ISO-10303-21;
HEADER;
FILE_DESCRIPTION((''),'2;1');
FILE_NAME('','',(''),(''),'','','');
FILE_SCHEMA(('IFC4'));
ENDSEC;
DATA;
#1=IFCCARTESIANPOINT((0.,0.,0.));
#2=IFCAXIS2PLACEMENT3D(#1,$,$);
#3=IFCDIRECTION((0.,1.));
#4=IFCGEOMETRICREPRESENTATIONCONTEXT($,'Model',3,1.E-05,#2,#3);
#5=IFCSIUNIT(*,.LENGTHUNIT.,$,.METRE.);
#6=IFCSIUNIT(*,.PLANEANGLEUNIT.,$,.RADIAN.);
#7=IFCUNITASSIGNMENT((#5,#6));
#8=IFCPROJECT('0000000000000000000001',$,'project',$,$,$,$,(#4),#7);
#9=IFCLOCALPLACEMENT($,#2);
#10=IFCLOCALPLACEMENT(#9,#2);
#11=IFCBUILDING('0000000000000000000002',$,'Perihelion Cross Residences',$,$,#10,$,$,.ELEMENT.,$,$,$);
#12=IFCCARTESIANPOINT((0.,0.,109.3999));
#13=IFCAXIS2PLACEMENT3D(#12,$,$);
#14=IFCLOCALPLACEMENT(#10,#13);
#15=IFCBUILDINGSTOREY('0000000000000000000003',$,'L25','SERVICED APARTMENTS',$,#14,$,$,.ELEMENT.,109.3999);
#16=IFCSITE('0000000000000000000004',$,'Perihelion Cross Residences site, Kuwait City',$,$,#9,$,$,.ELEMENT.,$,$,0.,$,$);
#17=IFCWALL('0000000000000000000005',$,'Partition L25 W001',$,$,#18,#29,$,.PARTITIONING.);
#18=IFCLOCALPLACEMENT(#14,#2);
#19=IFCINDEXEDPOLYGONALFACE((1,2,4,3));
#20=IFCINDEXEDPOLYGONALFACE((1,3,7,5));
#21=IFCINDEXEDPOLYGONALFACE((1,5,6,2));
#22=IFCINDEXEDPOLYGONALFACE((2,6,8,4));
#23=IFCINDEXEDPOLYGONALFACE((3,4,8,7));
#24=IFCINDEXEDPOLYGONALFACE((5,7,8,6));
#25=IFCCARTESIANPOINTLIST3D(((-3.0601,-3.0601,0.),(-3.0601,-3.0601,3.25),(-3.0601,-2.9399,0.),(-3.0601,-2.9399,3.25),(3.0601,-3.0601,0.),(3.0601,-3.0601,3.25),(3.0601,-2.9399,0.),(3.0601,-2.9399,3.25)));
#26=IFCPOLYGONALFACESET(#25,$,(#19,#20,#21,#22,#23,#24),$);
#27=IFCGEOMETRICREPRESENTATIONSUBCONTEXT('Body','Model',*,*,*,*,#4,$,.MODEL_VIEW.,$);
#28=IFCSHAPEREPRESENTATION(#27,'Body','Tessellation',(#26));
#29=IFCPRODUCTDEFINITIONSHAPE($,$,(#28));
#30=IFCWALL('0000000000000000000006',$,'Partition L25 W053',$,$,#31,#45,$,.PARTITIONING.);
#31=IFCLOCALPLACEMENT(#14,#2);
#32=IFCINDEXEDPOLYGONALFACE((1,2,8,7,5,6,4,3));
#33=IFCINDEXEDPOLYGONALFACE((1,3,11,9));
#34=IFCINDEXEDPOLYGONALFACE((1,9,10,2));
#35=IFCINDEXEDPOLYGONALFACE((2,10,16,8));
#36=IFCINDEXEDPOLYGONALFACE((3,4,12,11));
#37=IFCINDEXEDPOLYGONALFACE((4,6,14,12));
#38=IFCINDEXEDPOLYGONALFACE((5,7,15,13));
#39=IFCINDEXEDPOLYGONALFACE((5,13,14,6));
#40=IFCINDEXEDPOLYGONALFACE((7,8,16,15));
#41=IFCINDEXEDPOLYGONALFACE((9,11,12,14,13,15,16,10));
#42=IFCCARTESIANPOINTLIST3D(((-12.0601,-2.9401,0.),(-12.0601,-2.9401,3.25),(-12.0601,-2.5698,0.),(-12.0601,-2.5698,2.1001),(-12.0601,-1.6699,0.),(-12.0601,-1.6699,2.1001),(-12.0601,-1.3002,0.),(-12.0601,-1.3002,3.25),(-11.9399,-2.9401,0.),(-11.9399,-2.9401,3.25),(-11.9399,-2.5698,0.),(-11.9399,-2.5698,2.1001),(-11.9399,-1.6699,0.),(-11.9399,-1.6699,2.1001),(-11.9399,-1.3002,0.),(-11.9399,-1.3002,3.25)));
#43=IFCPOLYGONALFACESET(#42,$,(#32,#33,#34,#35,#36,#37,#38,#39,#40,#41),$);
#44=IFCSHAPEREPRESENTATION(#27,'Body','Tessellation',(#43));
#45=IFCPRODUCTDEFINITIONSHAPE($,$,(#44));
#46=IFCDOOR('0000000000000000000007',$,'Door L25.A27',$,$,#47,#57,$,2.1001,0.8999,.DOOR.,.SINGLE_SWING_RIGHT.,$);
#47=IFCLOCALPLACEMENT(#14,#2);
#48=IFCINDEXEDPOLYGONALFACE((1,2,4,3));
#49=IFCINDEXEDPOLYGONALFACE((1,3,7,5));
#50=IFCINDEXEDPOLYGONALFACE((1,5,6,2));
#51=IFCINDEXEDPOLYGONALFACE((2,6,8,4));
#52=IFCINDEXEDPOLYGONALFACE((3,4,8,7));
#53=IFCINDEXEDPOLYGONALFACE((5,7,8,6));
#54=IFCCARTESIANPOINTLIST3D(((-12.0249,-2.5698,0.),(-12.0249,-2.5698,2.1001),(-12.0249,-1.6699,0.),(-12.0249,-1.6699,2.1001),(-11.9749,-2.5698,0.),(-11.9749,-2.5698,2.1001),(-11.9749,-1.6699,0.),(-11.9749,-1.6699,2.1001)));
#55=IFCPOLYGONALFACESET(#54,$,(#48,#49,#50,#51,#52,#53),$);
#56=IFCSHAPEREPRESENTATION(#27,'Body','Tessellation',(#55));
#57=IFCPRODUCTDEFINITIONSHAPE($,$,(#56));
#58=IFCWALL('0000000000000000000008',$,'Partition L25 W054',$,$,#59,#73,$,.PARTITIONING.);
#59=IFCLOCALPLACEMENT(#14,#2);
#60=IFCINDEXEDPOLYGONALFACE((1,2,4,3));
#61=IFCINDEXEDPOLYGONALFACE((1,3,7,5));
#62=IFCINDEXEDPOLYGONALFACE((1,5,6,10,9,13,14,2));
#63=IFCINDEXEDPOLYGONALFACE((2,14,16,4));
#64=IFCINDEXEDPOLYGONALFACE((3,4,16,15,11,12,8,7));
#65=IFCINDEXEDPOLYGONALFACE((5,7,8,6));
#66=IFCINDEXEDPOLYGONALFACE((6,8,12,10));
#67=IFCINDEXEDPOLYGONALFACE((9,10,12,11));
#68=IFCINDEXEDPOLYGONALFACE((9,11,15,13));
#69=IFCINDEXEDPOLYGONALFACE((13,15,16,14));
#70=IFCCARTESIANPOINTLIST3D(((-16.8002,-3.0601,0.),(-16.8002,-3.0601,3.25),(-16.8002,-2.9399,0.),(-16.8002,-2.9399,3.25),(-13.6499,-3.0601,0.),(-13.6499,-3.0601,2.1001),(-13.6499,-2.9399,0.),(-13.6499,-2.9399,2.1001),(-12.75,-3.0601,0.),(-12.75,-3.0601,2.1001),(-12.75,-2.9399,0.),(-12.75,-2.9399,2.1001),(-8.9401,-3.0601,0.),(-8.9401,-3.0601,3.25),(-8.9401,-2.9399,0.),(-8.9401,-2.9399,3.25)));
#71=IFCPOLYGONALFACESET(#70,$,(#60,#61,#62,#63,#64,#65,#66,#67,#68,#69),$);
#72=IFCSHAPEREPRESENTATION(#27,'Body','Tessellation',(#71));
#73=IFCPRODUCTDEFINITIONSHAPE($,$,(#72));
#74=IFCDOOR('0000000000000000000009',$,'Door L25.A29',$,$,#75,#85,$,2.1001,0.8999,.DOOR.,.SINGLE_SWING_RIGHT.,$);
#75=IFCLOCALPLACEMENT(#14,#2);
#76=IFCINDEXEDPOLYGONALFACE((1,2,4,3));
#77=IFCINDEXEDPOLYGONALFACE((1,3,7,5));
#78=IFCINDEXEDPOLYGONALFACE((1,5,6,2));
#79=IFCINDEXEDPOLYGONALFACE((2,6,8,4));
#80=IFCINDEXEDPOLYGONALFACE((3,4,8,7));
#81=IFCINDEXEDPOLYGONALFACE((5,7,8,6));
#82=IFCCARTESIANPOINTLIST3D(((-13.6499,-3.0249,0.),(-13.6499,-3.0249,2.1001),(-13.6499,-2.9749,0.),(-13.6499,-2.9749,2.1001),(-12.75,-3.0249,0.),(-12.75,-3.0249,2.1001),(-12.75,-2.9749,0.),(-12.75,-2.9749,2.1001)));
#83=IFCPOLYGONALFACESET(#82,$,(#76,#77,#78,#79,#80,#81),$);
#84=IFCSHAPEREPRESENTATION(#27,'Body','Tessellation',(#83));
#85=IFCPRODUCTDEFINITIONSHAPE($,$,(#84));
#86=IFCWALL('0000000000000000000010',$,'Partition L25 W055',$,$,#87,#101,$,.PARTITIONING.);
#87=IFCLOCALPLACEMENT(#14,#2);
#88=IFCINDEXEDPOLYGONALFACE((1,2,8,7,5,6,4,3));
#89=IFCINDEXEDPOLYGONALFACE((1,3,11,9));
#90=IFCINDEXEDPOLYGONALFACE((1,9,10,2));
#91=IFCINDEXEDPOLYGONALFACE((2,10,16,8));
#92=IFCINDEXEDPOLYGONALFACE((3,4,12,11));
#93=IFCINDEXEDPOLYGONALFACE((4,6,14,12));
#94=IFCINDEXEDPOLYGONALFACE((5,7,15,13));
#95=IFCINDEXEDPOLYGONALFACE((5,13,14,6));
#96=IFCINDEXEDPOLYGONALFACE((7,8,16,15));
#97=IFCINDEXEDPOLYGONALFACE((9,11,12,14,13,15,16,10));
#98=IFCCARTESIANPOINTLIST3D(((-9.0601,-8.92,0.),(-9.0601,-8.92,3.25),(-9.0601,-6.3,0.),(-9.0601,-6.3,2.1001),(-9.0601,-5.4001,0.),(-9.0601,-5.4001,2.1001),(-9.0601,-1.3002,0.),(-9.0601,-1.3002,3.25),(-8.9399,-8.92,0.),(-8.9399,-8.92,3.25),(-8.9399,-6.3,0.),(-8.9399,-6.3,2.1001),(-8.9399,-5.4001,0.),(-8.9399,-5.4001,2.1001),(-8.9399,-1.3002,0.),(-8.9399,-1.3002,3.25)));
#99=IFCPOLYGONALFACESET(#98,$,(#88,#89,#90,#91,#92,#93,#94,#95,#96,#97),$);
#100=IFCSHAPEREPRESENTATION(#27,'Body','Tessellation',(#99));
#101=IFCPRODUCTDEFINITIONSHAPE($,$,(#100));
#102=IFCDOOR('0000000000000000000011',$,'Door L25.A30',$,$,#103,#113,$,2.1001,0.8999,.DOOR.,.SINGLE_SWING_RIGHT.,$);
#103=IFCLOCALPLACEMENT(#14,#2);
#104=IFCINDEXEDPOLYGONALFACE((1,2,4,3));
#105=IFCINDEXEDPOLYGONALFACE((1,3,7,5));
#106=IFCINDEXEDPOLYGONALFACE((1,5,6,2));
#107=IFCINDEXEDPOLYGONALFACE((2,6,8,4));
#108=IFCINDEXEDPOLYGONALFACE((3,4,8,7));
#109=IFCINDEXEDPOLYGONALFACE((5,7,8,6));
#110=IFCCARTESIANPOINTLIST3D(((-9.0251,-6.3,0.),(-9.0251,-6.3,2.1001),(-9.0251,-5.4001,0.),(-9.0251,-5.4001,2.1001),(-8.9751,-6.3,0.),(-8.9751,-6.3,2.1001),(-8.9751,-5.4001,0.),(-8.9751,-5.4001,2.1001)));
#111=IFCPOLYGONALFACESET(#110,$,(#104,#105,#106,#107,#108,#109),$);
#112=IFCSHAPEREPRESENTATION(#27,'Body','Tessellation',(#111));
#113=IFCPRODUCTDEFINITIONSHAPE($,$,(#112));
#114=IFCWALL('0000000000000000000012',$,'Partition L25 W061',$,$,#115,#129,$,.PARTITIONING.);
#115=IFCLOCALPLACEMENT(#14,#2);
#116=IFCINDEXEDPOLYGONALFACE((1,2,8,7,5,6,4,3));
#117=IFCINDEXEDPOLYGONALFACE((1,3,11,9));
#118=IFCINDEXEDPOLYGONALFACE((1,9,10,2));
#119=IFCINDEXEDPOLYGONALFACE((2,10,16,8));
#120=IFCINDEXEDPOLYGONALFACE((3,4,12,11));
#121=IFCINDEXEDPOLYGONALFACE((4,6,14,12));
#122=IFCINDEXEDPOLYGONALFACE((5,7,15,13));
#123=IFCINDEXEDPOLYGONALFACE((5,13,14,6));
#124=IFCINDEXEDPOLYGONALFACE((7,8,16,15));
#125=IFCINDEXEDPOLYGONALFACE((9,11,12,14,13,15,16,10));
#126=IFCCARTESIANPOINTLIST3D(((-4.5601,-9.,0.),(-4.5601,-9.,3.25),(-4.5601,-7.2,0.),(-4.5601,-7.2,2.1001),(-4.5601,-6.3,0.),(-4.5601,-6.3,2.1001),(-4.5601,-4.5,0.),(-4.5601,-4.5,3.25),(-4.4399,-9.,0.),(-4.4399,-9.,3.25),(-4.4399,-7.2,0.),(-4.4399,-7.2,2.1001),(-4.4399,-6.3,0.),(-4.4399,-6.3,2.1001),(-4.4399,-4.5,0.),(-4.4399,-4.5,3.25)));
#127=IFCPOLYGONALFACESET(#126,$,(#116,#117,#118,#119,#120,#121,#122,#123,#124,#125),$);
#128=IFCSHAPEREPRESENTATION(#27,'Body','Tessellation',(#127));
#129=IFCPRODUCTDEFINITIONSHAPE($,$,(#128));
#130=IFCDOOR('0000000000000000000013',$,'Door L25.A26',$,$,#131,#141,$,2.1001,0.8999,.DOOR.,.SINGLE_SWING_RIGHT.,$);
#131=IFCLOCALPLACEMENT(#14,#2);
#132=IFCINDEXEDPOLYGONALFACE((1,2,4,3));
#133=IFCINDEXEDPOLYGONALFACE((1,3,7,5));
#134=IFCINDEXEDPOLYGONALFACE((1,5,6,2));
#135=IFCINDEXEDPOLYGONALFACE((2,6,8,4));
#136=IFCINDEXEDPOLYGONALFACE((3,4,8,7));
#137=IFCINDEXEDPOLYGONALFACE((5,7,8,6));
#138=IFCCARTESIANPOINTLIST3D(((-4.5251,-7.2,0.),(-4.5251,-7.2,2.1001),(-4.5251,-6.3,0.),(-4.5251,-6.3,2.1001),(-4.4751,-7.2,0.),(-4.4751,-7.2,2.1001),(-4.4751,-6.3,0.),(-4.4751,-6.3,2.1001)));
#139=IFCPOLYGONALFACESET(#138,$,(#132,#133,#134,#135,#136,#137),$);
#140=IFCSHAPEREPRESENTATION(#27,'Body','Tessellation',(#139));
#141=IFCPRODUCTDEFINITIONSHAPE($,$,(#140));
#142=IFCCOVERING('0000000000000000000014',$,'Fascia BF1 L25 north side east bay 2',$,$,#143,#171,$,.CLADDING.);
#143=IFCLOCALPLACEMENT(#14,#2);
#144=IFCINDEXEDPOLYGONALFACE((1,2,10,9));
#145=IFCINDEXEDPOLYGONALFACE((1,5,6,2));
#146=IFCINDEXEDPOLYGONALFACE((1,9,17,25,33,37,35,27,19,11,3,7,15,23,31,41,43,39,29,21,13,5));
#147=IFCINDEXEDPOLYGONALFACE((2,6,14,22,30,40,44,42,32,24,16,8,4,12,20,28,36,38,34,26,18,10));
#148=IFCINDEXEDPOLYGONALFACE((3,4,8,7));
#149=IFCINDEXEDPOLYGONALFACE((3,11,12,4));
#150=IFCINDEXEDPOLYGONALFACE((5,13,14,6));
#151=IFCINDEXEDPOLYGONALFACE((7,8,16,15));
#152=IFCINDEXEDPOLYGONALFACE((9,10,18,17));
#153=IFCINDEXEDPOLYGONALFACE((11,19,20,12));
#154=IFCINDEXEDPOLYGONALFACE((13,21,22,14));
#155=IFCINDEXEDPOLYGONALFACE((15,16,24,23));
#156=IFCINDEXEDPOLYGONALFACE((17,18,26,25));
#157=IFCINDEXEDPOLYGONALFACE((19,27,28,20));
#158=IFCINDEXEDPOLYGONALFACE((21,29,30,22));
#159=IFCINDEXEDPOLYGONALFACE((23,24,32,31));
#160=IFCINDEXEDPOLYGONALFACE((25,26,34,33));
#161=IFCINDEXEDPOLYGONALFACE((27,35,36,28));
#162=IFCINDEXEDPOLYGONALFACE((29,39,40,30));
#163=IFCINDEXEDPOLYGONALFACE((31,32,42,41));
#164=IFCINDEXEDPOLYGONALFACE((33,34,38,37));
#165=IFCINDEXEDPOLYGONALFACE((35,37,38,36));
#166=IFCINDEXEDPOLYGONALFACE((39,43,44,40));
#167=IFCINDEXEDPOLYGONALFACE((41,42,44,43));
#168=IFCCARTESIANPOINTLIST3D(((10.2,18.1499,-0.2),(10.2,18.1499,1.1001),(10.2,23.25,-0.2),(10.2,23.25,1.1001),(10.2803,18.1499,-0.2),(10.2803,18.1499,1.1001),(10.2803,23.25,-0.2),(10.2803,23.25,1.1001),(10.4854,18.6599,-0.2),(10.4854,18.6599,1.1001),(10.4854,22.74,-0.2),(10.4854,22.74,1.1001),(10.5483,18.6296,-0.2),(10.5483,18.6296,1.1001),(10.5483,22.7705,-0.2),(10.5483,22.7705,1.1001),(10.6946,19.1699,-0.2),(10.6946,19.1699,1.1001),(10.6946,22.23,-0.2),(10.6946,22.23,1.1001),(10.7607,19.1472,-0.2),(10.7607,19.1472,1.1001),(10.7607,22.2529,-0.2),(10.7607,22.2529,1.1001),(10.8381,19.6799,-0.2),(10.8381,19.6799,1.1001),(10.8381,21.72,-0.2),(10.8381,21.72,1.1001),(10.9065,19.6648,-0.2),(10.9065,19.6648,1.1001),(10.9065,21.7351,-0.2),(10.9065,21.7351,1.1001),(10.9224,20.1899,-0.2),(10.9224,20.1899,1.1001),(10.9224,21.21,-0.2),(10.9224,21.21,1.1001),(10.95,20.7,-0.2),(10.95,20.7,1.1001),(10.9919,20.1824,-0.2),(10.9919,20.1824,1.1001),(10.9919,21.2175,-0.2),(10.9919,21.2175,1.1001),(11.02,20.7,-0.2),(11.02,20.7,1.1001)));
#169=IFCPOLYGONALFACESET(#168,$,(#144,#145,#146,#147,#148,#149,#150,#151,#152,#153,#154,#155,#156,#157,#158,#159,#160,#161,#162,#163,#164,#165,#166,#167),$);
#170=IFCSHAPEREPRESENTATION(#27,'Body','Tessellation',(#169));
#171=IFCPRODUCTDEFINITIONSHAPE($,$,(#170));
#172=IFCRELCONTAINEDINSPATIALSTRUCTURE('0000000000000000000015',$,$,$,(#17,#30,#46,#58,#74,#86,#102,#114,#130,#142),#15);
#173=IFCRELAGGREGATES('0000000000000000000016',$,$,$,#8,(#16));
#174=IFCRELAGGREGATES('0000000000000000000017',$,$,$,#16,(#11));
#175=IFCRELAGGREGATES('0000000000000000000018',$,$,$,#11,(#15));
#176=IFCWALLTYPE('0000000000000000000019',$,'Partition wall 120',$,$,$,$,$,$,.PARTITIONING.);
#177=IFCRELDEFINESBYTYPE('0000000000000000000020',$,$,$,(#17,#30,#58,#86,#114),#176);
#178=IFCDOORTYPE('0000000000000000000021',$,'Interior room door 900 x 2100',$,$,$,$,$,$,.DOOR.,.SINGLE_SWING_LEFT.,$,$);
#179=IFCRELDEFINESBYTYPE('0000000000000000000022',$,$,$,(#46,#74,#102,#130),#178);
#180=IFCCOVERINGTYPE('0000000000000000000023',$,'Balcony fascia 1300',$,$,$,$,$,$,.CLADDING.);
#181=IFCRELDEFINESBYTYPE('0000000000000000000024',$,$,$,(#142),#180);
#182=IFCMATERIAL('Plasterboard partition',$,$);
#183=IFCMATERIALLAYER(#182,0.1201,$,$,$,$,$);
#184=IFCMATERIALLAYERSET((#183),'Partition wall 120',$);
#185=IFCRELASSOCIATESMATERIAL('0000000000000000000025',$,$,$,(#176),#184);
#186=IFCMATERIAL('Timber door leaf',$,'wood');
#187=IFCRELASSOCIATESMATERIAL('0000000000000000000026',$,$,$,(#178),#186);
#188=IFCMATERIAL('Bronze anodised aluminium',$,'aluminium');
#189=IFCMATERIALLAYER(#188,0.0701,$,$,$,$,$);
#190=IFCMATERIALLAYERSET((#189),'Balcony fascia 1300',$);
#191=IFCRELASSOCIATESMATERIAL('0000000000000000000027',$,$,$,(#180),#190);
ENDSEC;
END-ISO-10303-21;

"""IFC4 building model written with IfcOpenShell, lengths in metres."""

from ifc_helpers import new_model, si_unit, direction, frame, frame_2d, origin, place, context, subcontext, project, spatial, polyline, rectangle, outline, extrude, material, layer, layer_set, type_object, element, fill, save


model = new_model("IFC4")

# Units and contexts
model_context = context("Model", 3, precision=1e-05, world=origin(), true_north=direction((0.0, 1.0)))
body_context = subcontext(model_context, "Body", "Model", "MODEL_VIEW")
ifc_project = project(units=[si_unit("LENGTHUNIT", "METRE"), si_unit("PLANEANGLEUNIT", "RADIAN")], contexts=[model_context])

# Site, building, storey
site_placement = place(None, origin())
site = spatial("IfcSite", under=ifc_project, at=site_placement, Name="Perihelion Cross Residences site, Kuwait City", CompositionType="ELEMENT", RefElevation=0.0)
building_placement = place(site_placement, origin())
building = spatial("IfcBuilding", under=site, at=building_placement, Name="Perihelion Cross Residences", CompositionType="ELEMENT")
storey_placement = place(building_placement, frame((0.0, 0.0, 109.3999)))
storey = spatial("IfcBuildingStorey", under=building, at=storey_placement, Name="L25", Description="SERVICED APARTMENTS", CompositionType="ELEMENT", Elevation=109.3999)

# Wall
ifc_material_1 = material(Name="Plasterboard partition")
ifc_layer_1 = layer(ifc_material_1, 0.1201)
ifc_layer_set_1 = layer_set([ifc_layer_1], Name="Partition wall 120")
wall_type_1 = type_object("IfcWallType", Name="Partition wall 120", PredefinedType="PARTITIONING", material=ifc_layer_set_1)
wall_1_placement = place(storey_placement, frame((-3.0601, -3.0, 0.0), z_axis=(0.0, 0.0, 1.0), x_axis=(1.0, 0.0, 0.0)))
element("IfcWall", 1, at=wall_1_placement, inside=storey, type_object=wall_type_1, Name="Partition L25 W001", PredefinedType="PARTITIONING", context=body_context, shape_type="SweptSolid", body=[
    extrude(rectangle(XDim=6.1201, YDim=0.1201, at=frame_2d((3.0601, 0.0))), origin(), (0.0, 0.0, 1.0), 3.25),
])

# Walls, openings, doors
wall_2_placement = place(storey_placement, frame((-12.0, -2.9399, 0.0), z_axis=(0.0, 0.0, 1.0), x_axis=(0.0, 1.0, 0.0)))
wall_2 = element("IfcWall", 2, at=wall_2_placement, inside=storey, type_object=wall_type_1, Name="Partition L25 W053", PredefinedType="PARTITIONING", context=body_context, shape_type="SweptSolid", body=[
    extrude(rectangle(XDim=1.6399, YDim=0.1201, at=frame_2d((0.8198, 0.0))), origin(), (0.0, 0.0, 1.0), 3.25),
])
opening_1_placement = place(wall_2_placement, frame((0.3701, 0.0, 0.0)))
opening_1 = element("IfcOpeningElement", 3, at=opening_1_placement, cuts=wall_2, PredefinedType="OPENING", context=body_context, shape_type="SweptSolid", body=[
    extrude(rectangle(XDim=0.8999, YDim=2.1001, at=frame_2d((0.45, 1.05))), frame((0.0, 0.0701, 0.0), z_axis=(0.0, -1.0, 0.0), x_axis=(1.0, 0.0, 0.0)), (0.0, 0.0, 1.0), 0.1401),
])
ifc_material_2 = material(Name="Timber door leaf", Category="wood")
door_type_1 = type_object("IfcDoorType", Name="Interior room door 900 x 2100", OperationType="SINGLE_SWING_LEFT", PredefinedType="DOOR", material=ifc_material_2)
door_1_placement = place(opening_1_placement, origin())
door_1 = element("IfcDoor", 4, at=door_1_placement, inside=storey, type_object=door_type_1, Name="Door L25.A27", OperationType="SINGLE_SWING_RIGHT", OverallHeight=2.1001, OverallWidth=0.8999, PredefinedType="DOOR", context=body_context, shape_type="SweptSolid", body=[
    extrude(rectangle(XDim=0.8999, YDim=2.1001, at=frame_2d((0.45, 1.05))), frame((0.0, 0.0249, 0.0), z_axis=(0.0, -1.0, 0.0), x_axis=(1.0, 0.0, 0.0)), (0.0, 0.0, 1.0), 0.05),
])
fill(opening_1, door_1)
wall_3_placement = place(storey_placement, frame((-8.9399, -3.0, 0.0), z_axis=(0.0, 0.0, 1.0), x_axis=(-1.0, 0.0, 0.0)))
wall_3 = element("IfcWall", 5, at=wall_3_placement, inside=storey, type_object=wall_type_1, Name="Partition L25 W054", PredefinedType="PARTITIONING", context=body_context, shape_type="SweptSolid", body=[
    extrude(rectangle(XDim=7.8601, YDim=0.1201, at=frame_2d((3.9302, 0.0))), origin(), (0.0, 0.0, 1.0), 3.25),
])
opening_2_placement = place(wall_3_placement, frame((3.8101, 0.0, 0.0)))
opening_2 = element("IfcOpeningElement", 6, at=opening_2_placement, cuts=wall_3, PredefinedType="OPENING", context=body_context, shape_type="SweptSolid", body=[
    extrude(rectangle(XDim=0.8999, YDim=2.1001, at=frame_2d((0.45, 1.05))), frame((0.0, 0.0701, 0.0), z_axis=(0.0, -1.0, 0.0), x_axis=(1.0, 0.0, 0.0)), (0.0, 0.0, 1.0), 0.1401),
])
door_2_placement = place(opening_2_placement, origin())
door_2 = element("IfcDoor", 7, at=door_2_placement, inside=storey, type_object=door_type_1, Name="Door L25.A29", OperationType="SINGLE_SWING_RIGHT", OverallHeight=2.1001, OverallWidth=0.8999, PredefinedType="DOOR", context=body_context, shape_type="SweptSolid", body=[
    extrude(rectangle(XDim=0.8999, YDim=2.1001, at=frame_2d((0.45, 1.05))), frame((0.0, 0.0249, 0.0), z_axis=(0.0, -1.0, 0.0), x_axis=(1.0, 0.0, 0.0)), (0.0, 0.0, 1.0), 0.05),
])
fill(opening_2, door_2)
wall_4_placement = place(storey_placement, frame((-9.0, -1.3, 0.0), z_axis=(0.0, 0.0, 1.0), x_axis=(0.0, -1.0, 0.0)))
wall_4 = element("IfcWall", 8, at=wall_4_placement, inside=storey, type_object=wall_type_1, Name="Partition L25 W055", PredefinedType="PARTITIONING", context=body_context, shape_type="SweptSolid", body=[
    extrude(rectangle(XDim=7.6199, YDim=0.1201, at=frame_2d((3.8101, 0.0))), origin(), (0.0, 0.0, 1.0), 3.25),
])
opening_3_placement = place(wall_4_placement, frame((4.1001, 0.0, 0.0)))
opening_3 = element("IfcOpeningElement", 9, at=opening_3_placement, cuts=wall_4, PredefinedType="OPENING", context=body_context, shape_type="SweptSolid", body=[
    extrude(rectangle(XDim=0.8999, YDim=2.1001, at=frame_2d((0.45, 1.05))), frame((0.0, 0.0701, 0.0), z_axis=(0.0, -1.0, 0.0), x_axis=(1.0, 0.0, 0.0)), (0.0, 0.0, 1.0), 0.1401),
])
door_3_placement = place(opening_3_placement, origin())
door_3 = element("IfcDoor", 10, at=door_3_placement, inside=storey, type_object=door_type_1, Name="Door L25.A30", OperationType="SINGLE_SWING_RIGHT", OverallHeight=2.1001, OverallWidth=0.8999, PredefinedType="DOOR", context=body_context, shape_type="SweptSolid", body=[
    extrude(rectangle(XDim=0.8999, YDim=2.1001, at=frame_2d((0.45, 1.05))), frame((0.0, 0.0249, 0.0), z_axis=(0.0, -1.0, 0.0), x_axis=(1.0, 0.0, 0.0)), (0.0, 0.0, 1.0), 0.05),
])
fill(opening_3, door_3)
wall_5_placement = place(storey_placement, frame((-4.5, -4.5, 0.0), z_axis=(0.0, 0.0, 1.0), x_axis=(0.0, -1.0, 0.0)))
wall_5 = element("IfcWall", 11, at=wall_5_placement, inside=storey, type_object=wall_type_1, Name="Partition L25 W061", PredefinedType="PARTITIONING", context=body_context, shape_type="SweptSolid", body=[
    extrude(rectangle(XDim=4.5, YDim=0.1201, at=frame_2d((2.25, 0.0))), origin(), (0.0, 0.0, 1.0), 3.25),
])
opening_4_placement = place(wall_5_placement, frame((1.8, 0.0, 0.0)))
opening_4 = element("IfcOpeningElement", 12, at=opening_4_placement, cuts=wall_5, PredefinedType="OPENING", context=body_context, shape_type="SweptSolid", body=[
    extrude(rectangle(XDim=0.8999, YDim=2.1001, at=frame_2d((0.45, 1.05))), frame((0.0, 0.0701, 0.0), z_axis=(0.0, -1.0, 0.0), x_axis=(1.0, 0.0, 0.0)), (0.0, 0.0, 1.0), 0.1401),
])
door_4_placement = place(opening_4_placement, origin())
door_4 = element("IfcDoor", 13, at=door_4_placement, inside=storey, type_object=door_type_1, Name="Door L25.A26", OperationType="SINGLE_SWING_RIGHT", OverallHeight=2.1001, OverallWidth=0.8999, PredefinedType="DOOR", context=body_context, shape_type="SweptSolid", body=[
    extrude(rectangle(XDim=0.8999, YDim=2.1001, at=frame_2d((0.45, 1.05))), frame((0.0, 0.0249, 0.0), z_axis=(0.0, -1.0, 0.0), x_axis=(1.0, 0.0, 0.0)), (0.0, 0.0, 1.0), 0.05),
])
fill(opening_4, door_4)

# Covering
ifc_material_3 = material(Name="Bronze anodised aluminium", Category="aluminium")
ifc_layer_2 = layer(ifc_material_3, 0.0701)
ifc_layer_set_2 = layer_set([ifc_layer_2], Name="Balcony fascia 1300")
covering_type = type_object("IfcCoveringType", Name="Balcony fascia 1300", PredefinedType="CLADDING", material=ifc_layer_set_2)
covering_1_placement = place(storey_placement, frame((0.0, 0.0, -0.2)))
element("IfcCovering", 14, at=covering_1_placement, inside=storey, type_object=covering_type, Name="Fascia BF1 L25 north side east bay 2", PredefinedType="CLADDING", context=body_context, shape_type="SweptSolid", body=[
    extrude(outline(polyline([(10.5483, 18.6296), (10.7607, 19.1472), (10.9065, 19.6648), (10.9919, 20.1824), (11.02, 20.7), (10.9919, 21.2175), (10.9065, 21.7351), (10.7607, 22.2529), (10.5483, 22.7705), (10.2803, 23.25), (10.2, 23.25), (10.4854, 22.74), (10.6946, 22.23), (10.8381, 21.72), (10.9224, 21.21), (10.95, 20.7), (10.9224, 20.1899), (10.8381, 19.6799), (10.6946, 19.1699), (10.4854, 18.6599), (10.2, 18.1499), (10.2803, 18.1499), (10.5483, 18.6296)])), origin(), (0.0, 0.0, 1.0), 1.3),
])

save(model, "model.ifc")
